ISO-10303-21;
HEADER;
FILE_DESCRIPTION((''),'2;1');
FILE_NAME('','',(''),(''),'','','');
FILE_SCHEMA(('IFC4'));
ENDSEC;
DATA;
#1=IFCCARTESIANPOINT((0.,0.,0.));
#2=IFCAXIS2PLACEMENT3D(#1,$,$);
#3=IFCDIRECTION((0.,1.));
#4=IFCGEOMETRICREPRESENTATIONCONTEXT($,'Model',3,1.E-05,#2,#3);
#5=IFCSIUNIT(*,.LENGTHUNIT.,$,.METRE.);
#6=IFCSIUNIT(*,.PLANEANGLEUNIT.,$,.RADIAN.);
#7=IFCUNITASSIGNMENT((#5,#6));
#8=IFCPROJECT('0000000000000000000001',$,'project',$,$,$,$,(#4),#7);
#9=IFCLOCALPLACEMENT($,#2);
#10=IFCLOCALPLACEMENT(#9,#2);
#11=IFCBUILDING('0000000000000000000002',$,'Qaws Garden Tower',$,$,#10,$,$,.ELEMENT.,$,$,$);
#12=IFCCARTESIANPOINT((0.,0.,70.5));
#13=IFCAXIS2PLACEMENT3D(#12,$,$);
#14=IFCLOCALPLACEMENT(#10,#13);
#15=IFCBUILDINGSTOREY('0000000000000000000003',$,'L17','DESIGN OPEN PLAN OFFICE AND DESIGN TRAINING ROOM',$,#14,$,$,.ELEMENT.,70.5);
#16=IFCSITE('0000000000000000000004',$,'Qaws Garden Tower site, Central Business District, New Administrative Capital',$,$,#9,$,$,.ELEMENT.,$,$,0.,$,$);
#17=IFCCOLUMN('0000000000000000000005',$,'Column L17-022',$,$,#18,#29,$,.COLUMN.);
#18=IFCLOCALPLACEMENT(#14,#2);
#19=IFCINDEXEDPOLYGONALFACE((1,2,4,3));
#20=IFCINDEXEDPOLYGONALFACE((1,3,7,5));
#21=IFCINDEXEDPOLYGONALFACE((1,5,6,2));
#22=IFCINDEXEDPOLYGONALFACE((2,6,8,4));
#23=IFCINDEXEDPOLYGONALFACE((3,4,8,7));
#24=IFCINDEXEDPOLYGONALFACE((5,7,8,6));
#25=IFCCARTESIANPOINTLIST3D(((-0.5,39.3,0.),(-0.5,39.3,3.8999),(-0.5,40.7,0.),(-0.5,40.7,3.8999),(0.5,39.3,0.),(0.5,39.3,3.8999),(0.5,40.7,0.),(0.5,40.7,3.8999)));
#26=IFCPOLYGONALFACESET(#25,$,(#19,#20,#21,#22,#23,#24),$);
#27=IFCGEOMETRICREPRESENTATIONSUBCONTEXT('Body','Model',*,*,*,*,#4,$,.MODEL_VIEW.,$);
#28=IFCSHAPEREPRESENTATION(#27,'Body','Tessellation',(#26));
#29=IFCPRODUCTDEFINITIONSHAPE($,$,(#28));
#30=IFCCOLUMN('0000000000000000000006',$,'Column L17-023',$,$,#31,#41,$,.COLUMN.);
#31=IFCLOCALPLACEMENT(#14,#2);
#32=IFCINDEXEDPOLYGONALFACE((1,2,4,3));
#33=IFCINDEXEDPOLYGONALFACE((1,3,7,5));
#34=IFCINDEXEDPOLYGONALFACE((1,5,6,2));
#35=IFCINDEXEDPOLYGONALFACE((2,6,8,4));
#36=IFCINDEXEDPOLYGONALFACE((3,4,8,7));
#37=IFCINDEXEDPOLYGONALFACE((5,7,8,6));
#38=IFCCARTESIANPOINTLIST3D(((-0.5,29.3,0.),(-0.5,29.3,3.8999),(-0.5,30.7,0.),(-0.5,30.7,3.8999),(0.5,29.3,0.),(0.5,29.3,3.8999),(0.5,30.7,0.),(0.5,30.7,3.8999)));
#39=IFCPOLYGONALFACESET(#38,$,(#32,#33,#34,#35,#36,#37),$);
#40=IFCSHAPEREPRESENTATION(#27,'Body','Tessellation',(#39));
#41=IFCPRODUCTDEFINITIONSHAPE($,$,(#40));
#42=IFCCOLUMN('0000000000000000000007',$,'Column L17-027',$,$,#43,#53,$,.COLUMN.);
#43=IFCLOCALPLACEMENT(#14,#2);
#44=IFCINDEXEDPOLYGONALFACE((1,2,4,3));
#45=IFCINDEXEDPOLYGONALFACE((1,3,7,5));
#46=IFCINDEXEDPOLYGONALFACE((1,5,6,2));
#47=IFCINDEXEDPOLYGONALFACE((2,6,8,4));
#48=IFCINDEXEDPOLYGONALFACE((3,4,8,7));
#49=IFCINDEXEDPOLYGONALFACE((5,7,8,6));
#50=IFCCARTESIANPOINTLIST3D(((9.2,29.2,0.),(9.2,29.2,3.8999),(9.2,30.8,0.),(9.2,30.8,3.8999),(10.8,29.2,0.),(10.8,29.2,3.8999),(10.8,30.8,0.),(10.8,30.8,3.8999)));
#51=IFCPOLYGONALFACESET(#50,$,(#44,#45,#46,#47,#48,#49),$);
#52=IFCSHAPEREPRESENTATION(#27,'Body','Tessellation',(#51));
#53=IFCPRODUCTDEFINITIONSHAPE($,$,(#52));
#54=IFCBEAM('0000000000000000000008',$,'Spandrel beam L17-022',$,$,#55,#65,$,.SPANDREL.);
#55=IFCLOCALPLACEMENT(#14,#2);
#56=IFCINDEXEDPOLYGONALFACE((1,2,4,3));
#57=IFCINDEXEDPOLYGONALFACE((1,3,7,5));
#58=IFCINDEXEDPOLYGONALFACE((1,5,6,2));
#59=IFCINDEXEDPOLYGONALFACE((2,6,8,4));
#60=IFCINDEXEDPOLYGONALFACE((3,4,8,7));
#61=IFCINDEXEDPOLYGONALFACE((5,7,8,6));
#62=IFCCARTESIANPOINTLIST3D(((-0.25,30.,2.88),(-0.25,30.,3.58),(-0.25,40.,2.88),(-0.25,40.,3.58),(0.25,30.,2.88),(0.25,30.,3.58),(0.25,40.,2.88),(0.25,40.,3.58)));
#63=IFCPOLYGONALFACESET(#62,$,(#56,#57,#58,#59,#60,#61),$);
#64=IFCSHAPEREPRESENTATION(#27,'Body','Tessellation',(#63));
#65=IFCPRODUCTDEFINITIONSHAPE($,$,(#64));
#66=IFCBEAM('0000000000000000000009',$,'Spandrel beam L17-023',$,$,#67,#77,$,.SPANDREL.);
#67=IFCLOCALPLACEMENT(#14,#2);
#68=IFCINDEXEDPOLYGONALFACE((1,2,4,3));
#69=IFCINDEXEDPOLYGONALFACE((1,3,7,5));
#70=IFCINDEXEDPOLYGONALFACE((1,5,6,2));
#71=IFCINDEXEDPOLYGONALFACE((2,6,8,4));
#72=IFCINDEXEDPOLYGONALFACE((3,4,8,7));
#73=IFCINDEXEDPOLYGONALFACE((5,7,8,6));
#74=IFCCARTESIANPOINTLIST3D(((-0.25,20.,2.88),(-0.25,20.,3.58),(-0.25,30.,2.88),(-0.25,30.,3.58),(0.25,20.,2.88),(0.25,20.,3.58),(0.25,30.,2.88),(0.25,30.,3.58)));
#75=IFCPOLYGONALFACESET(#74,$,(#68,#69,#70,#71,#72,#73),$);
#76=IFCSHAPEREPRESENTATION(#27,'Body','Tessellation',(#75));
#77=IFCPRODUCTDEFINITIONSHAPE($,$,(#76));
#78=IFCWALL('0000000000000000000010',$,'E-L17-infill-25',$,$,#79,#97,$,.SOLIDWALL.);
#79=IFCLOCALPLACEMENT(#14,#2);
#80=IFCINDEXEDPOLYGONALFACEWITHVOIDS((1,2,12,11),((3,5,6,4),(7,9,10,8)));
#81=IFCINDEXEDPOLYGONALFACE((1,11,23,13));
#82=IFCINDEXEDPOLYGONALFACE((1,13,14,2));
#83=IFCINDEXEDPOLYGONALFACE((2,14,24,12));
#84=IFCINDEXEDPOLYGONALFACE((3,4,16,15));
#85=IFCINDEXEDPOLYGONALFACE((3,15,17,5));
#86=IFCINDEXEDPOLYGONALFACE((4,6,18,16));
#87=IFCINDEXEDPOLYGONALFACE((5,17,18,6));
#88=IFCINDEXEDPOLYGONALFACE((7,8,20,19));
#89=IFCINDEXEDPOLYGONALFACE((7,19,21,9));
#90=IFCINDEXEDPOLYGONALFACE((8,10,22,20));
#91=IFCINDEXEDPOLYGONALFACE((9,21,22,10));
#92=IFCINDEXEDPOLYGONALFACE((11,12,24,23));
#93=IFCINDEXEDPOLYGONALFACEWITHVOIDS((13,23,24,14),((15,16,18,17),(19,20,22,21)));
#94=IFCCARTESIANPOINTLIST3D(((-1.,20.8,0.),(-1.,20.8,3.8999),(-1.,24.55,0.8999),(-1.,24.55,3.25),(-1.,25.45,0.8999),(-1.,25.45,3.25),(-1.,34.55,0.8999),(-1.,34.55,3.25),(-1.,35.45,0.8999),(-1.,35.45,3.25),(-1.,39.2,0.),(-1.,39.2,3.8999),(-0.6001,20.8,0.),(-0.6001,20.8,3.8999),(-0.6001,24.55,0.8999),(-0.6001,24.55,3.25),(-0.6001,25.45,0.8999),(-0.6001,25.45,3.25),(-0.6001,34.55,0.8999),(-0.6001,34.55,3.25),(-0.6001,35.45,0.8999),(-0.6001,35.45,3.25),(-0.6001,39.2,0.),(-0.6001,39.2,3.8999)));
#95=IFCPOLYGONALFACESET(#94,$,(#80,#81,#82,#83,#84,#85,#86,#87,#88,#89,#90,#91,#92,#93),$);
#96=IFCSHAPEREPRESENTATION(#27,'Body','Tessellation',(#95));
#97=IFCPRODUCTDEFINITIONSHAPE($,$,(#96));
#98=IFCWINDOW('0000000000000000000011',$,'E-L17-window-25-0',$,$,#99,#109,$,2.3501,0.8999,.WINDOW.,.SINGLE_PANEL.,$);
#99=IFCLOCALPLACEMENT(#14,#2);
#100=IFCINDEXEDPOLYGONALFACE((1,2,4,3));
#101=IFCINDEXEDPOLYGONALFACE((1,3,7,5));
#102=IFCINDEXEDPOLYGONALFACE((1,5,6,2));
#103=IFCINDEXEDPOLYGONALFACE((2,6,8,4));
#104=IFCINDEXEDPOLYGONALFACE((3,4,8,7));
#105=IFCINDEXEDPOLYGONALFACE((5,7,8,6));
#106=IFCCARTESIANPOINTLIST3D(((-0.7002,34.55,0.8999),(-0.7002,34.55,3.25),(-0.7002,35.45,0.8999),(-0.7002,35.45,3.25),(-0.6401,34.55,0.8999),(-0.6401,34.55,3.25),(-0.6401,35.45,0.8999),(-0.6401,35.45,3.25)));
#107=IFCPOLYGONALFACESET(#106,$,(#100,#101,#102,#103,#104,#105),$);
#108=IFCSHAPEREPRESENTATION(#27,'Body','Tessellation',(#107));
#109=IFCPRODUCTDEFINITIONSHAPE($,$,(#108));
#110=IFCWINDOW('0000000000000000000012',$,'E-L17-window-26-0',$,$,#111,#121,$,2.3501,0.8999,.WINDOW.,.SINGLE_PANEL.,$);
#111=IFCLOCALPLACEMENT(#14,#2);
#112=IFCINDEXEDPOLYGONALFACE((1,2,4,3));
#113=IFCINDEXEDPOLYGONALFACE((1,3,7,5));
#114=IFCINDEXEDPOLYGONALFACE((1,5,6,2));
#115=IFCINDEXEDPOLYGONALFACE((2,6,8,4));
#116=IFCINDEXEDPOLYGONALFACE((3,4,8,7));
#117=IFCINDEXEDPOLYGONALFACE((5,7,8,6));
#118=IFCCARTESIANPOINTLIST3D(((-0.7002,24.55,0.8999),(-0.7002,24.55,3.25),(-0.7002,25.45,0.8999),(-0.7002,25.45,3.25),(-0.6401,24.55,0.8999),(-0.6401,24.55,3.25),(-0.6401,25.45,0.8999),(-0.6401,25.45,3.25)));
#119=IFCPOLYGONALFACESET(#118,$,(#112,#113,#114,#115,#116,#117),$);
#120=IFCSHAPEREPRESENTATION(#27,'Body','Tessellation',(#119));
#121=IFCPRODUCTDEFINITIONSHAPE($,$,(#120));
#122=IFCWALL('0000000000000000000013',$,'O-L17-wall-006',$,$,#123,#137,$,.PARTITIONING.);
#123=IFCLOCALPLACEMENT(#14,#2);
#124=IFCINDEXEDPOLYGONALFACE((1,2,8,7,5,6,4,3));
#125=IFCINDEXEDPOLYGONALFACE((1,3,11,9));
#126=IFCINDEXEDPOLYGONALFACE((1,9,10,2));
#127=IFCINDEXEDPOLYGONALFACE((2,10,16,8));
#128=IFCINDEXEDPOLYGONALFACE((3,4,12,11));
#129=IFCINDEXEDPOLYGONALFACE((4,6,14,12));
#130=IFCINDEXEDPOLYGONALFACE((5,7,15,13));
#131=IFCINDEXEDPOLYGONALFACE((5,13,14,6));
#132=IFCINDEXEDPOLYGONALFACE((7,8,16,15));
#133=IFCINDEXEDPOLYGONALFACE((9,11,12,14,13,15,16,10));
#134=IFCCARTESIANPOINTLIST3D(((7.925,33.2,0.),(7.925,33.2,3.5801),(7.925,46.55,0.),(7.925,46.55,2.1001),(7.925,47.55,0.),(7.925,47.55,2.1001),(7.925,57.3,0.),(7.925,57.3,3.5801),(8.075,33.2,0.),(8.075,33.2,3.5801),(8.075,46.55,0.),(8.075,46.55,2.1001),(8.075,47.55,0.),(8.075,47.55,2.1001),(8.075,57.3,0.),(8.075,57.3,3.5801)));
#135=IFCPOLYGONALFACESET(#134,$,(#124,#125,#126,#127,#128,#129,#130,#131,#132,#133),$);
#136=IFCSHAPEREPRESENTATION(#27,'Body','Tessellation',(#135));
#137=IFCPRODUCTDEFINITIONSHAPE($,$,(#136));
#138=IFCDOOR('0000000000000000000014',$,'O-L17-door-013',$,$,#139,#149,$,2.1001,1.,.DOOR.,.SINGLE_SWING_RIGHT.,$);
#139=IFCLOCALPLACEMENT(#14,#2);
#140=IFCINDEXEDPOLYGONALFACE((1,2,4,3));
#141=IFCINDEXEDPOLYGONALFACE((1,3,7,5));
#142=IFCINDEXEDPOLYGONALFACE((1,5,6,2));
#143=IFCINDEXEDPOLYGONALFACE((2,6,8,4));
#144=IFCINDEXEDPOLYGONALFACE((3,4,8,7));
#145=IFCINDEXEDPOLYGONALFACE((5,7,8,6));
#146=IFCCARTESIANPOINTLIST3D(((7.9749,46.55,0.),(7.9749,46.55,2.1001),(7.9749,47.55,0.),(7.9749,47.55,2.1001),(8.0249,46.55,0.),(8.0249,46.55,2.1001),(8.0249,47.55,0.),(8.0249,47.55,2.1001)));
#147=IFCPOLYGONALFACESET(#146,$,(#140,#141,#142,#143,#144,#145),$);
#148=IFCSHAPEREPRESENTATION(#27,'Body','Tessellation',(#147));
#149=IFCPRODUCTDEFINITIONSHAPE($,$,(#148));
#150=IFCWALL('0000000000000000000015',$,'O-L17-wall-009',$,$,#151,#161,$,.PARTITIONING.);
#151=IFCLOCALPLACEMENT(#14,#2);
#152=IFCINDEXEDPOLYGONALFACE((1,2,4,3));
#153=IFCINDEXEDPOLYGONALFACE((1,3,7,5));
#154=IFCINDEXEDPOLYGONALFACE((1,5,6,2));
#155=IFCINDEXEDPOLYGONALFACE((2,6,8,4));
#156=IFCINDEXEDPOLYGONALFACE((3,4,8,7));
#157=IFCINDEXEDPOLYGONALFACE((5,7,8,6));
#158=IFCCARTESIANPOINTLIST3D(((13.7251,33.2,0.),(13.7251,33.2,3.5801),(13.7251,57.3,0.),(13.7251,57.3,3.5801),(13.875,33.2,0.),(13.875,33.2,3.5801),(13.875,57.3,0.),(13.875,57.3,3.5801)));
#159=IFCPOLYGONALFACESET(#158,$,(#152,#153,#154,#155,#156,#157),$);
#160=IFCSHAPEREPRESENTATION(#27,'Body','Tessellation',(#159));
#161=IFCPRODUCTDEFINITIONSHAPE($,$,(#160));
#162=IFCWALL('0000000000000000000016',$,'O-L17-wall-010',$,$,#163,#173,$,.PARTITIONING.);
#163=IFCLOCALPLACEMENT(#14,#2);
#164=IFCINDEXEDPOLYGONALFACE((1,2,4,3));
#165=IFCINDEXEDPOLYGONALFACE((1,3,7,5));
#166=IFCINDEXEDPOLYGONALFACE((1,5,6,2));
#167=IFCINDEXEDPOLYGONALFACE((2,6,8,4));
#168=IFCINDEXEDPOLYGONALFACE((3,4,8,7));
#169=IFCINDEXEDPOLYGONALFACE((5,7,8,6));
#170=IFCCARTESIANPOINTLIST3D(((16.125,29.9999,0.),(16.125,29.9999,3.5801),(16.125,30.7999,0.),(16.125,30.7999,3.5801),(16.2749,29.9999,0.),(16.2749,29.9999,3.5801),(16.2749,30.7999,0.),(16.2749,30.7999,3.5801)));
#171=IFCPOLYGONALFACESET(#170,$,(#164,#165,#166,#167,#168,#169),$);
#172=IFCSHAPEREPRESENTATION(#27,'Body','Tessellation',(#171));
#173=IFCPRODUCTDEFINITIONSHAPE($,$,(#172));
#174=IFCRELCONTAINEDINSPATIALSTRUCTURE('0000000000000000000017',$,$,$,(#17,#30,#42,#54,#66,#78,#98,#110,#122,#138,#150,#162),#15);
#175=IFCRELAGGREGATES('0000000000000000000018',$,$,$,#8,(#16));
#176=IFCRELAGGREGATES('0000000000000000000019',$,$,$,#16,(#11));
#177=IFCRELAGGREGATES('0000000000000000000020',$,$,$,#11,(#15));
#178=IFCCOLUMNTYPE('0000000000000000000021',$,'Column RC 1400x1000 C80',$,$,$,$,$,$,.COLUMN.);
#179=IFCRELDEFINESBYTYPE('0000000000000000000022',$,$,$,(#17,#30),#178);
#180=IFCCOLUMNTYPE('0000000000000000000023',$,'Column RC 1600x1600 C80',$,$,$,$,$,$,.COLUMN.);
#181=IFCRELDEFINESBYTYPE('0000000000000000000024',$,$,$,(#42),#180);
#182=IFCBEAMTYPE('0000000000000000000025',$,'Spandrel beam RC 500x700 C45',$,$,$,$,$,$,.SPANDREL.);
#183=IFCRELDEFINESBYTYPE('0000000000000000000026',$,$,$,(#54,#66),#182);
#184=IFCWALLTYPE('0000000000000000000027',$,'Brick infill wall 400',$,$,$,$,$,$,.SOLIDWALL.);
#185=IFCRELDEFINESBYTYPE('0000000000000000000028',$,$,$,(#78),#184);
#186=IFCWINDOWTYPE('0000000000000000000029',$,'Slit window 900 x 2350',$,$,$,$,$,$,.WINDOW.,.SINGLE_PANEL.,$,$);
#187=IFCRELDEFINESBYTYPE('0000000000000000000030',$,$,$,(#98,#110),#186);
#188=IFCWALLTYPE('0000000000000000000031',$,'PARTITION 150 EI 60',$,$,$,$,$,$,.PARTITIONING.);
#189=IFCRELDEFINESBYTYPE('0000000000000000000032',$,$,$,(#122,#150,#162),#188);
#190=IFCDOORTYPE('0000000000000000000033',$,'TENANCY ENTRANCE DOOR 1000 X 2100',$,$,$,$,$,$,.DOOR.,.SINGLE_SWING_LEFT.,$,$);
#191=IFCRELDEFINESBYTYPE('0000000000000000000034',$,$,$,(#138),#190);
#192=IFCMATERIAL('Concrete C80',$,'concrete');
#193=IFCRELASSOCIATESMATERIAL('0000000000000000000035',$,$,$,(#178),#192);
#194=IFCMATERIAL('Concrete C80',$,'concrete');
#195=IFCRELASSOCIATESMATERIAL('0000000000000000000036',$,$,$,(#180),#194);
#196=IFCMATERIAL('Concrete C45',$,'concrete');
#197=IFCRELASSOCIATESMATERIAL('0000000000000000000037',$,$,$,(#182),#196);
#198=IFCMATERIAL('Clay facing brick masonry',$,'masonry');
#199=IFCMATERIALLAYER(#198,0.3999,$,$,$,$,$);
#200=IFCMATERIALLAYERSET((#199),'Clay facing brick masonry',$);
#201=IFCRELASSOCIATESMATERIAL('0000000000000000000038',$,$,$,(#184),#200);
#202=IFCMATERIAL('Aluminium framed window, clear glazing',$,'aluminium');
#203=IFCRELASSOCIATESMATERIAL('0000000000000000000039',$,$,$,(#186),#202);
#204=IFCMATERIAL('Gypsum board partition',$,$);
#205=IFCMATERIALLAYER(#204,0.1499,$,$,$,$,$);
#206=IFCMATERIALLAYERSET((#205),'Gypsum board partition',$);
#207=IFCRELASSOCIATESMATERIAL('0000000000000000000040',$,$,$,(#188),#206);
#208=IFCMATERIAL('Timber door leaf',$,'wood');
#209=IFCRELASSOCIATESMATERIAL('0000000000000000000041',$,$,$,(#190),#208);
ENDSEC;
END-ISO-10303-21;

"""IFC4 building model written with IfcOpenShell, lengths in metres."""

from ifc_helpers import new_model, si_unit, direction, frame, frame_2d, origin, origin_2d, place, context, subcontext, project, spatial, rectangle, extrude, material, layer, layer_set, material_profile, profile_set, type_object, element, fill, save


model = new_model("IFC4")

# Units and contexts
model_context = context("Model", 3, precision=1e-05, world=origin(), true_north=direction((0.0, 1.0)))
body_context = subcontext(model_context, "Body", "Model", "MODEL_VIEW")
ifc_project = project(units=[si_unit("LENGTHUNIT", "METRE"), si_unit("PLANEANGLEUNIT", "RADIAN")], contexts=[model_context])

# Site, building, storey
site_placement = place(None, origin())
site = spatial("IfcSite", under=ifc_project, at=site_placement, Name="Qaws Garden Tower site, Central Business District, New Administrative Capital", CompositionType="ELEMENT", RefElevation=0.0)
building_placement = place(site_placement, origin())
building = spatial("IfcBuilding", under=site, at=building_placement, Name="Qaws Garden Tower", CompositionType="ELEMENT")
storey_placement = place(building_placement, frame((0.0, 0.0, 70.5)))
storey = spatial("IfcBuildingStorey", under=building, at=storey_placement, Name="L17", Description="DESIGN OPEN PLAN OFFICE AND DESIGN TRAINING ROOM", CompositionType="ELEMENT", Elevation=70.5)

# Columns
ifc_material_1 = material(Name="Concrete C80", Category="concrete")
ifc_material_profile_1 = material_profile(ifc_material_1, rectangle(XDim=1.3999, YDim=1.0, at=origin_2d()), Name="RC 1400x1000")
ifc_profile_set_1 = profile_set([ifc_material_profile_1], Name="Concrete C80")
column_type_1 = type_object("IfcColumnType", Name="Column RC 1400x1000 C80", PredefinedType="COLUMN", material=ifc_profile_set_1)
for number, where, z_axis, x_axis, name in (
    (1, (0.0, 40.0, 0.0), (0.0, 0.0, 1.0), (0.0, 1.0, 0.0), "Column L17-022"),
    (2, (0.0, 30.0, 0.0), (0.0, 0.0, 1.0), (0.0, 1.0, 0.0), "Column L17-023"),
):
    element("IfcColumn", number, at=place(storey_placement, frame(where, z_axis=z_axis, x_axis=x_axis)), inside=storey, type_object=column_type_1, Name=name, PredefinedType="COLUMN", context=body_context, shape_type="SweptSolid", body=[
        extrude(rectangle(XDim=1.3999, YDim=1.0, at=origin_2d()), origin(), (0.0, 0.0, 1.0), 3.8999),
    ])
ifc_material_2 = material(Name="Concrete C80", Category="concrete")
ifc_material_profile_2 = material_profile(ifc_material_2, rectangle(XDim=1.6001, YDim=1.6001, at=origin_2d()), Name="RC 1600x1600")
ifc_profile_set_2 = profile_set([ifc_material_profile_2], Name="Concrete C80")
column_type_2 = type_object("IfcColumnType", Name="Column RC 1600x1600 C80", PredefinedType="COLUMN", material=ifc_profile_set_2)
column_placement = place(storey_placement, frame((10.0, 30.0, 0.0), z_axis=(0.0, 0.0, 1.0), x_axis=(1.0, 0.0, 0.0)))
element("IfcColumn", 3, at=column_placement, inside=storey, type_object=column_type_2, Name="Column L17-027", PredefinedType="COLUMN", context=body_context, shape_type="SweptSolid", body=[
    extrude(rectangle(XDim=1.6001, YDim=1.6001, at=origin_2d()), origin(), (0.0, 0.0, 1.0), 3.8999),
])

# Beams
ifc_material_3 = material(Name="Concrete C45", Category="concrete")
ifc_material_profile_3 = material_profile(ifc_material_3, rectangle(XDim=0.5, YDim=0.7, at=origin_2d()), Name="RC 500x700")
ifc_profile_set_3 = profile_set([ifc_material_profile_3], Name="Concrete C45")
beam_type = type_object("IfcBeamType", Name="Spandrel beam RC 500x700 C45", PredefinedType="SPANDREL", material=ifc_profile_set_3)
for number, where, z_axis, x_axis, name in (
    (4, (0.0, 40.0, 3.23), (0.0, -1.0, 0.0), (1.0, 0.0, 0.0), "Spandrel beam L17-022"),
    (5, (0.0, 30.0, 3.23), (0.0, -1.0, 0.0), (1.0, 0.0, 0.0), "Spandrel beam L17-023"),
):
    element("IfcBeam", number, at=place(storey_placement, frame(where, z_axis=z_axis, x_axis=x_axis)), inside=storey, type_object=beam_type, Name=name, PredefinedType="SPANDREL", context=body_context, shape_type="SweptSolid", body=[
        extrude(rectangle(XDim=0.5, YDim=0.7, at=origin_2d()), origin(), (0.0, 0.0, 1.0), 10.0),
    ])

# Wall, openings, windows
ifc_material_4 = material(Name="Clay facing brick masonry", Category="masonry")
ifc_layer_1 = layer(ifc_material_4, 0.3999)
ifc_layer_set_1 = layer_set([ifc_layer_1], Name="Clay facing brick masonry")
wall_type_1 = type_object("IfcWallType", Name="Brick infill wall 400", PredefinedType="SOLIDWALL", material=ifc_layer_set_1)
wall_1_placement = place(storey_placement, frame((-0.8, 39.2, 0.0), z_axis=(0.0, 0.0, 1.0), x_axis=(0.0, -1.0, 0.0)))
wall_1 = element("IfcWall", 6, at=wall_1_placement, inside=storey, type_object=wall_type_1, Name="E-L17-infill-25", PredefinedType="SOLIDWALL", context=body_context, shape_type="SweptSolid", body=[
    extrude(rectangle(XDim=18.3999, YDim=0.3999, at=frame_2d((9.2, 0.0))), origin(), (0.0, 0.0, 1.0), 3.8999),
])
opening_1_placement = place(wall_1_placement, frame((3.75, 0.0, 0.8999)))
opening_1 = element("IfcOpeningElement", 7, at=opening_1_placement, cuts=wall_1, PredefinedType="OPENING", context=body_context, shape_type="SweptSolid", body=[
    extrude(rectangle(XDim=0.8999, YDim=2.3501, at=frame_2d((0.45, 1.175))), frame((0.0, 0.21, 0.0), z_axis=(0.0, -1.0, 0.0), x_axis=(1.0, 0.0, 0.0)), (0.0, 0.0, 1.0), 0.4199),
])
opening_2_placement = place(wall_1_placement, frame((13.75, 0.0, 0.8999)))
opening_2 = element("IfcOpeningElement", 8, at=opening_2_placement, cuts=wall_1, PredefinedType="OPENING", context=body_context, shape_type="SweptSolid", body=[
    extrude(rectangle(XDim=0.8999, YDim=2.3501, at=frame_2d((0.45, 1.175))), frame((0.0, 0.21, 0.0), z_axis=(0.0, -1.0, 0.0), x_axis=(1.0, 0.0, 0.0)), (0.0, 0.0, 1.0), 0.4199),
])
ifc_material_5 = material(Name="Aluminium framed window, clear glazing", Category="aluminium")
window_type = type_object("IfcWindowType", Name="Slit window 900 x 2350", PartitioningType="SINGLE_PANEL", PredefinedType="WINDOW", material=ifc_material_5)
window_1_placement = place(opening_1_placement, origin())
window_1 = element("IfcWindow", 9, at=window_1_placement, inside=storey, type_object=window_type, Name="E-L17-window-25-0", OverallHeight=2.3501, OverallWidth=0.8999, PartitioningType="SINGLE_PANEL", PredefinedType="WINDOW", context=body_context, shape_type="SweptSolid", body=[
    extrude(rectangle(XDim=0.8999, YDim=2.3501, at=frame_2d((0.45, 1.175))), frame((0.0, 0.1599, 0.0), z_axis=(0.0, -1.0, 0.0), x_axis=(1.0, 0.0, 0.0)), (0.0, 0.0, 1.0), 0.0601),
])
fill(opening_1, window_1)
window_2_placement = place(opening_2_placement, origin())
window_2 = element("IfcWindow", 10, at=window_2_placement, inside=storey, type_object=window_type, Name="E-L17-window-26-0", OverallHeight=2.3501, OverallWidth=0.8999, PartitioningType="SINGLE_PANEL", PredefinedType="WINDOW", context=body_context, shape_type="SweptSolid", body=[
    extrude(rectangle(XDim=0.8999, YDim=2.3501, at=frame_2d((0.45, 1.175))), frame((0.0, 0.1599, 0.0), z_axis=(0.0, -1.0, 0.0), x_axis=(1.0, 0.0, 0.0)), (0.0, 0.0, 1.0), 0.0601),
])
fill(opening_2, window_2)

# Wall, opening, door
ifc_material_6 = material(Name="Gypsum board partition")
ifc_layer_2 = layer(ifc_material_6, 0.1499)
ifc_layer_set_2 = layer_set([ifc_layer_2], Name="Gypsum board partition")
wall_type_2 = type_object("IfcWallType", Name="PARTITION 150 EI 60", PredefinedType="PARTITIONING", material=ifc_layer_set_2)
wall_2_placement = place(storey_placement, frame((8.0, 33.2, 0.0), z_axis=(0.0, 0.0, 1.0), x_axis=(0.0, 1.0, 0.0)))
wall_2 = element("IfcWall", 11, at=wall_2_placement, inside=storey, type_object=wall_type_2, Name="O-L17-wall-006", PredefinedType="PARTITIONING", context=body_context, shape_type="SweptSolid", body=[
    extrude(rectangle(XDim=24.1001, YDim=0.1499, at=frame_2d((12.05, 0.0))), origin(), (0.0, 0.0, 1.0), 3.5801),
])
opening_3_placement = place(wall_2_placement, frame((13.3501, 0.0, 0.0)))
opening_3 = element("IfcOpeningElement", 12, at=opening_3_placement, cuts=wall_2, PredefinedType="OPENING", context=body_context, shape_type="SweptSolid", body=[
    extrude(rectangle(XDim=1.0, YDim=2.1001, at=frame_2d((0.5, 1.05))), frame((0.0, 0.085, 0.0), z_axis=(0.0, -1.0, 0.0), x_axis=(1.0, 0.0, 0.0)), (0.0, 0.0, 1.0), 0.1699),
])
ifc_material_7 = material(Name="Timber door leaf", Category="wood")
door_type_1 = type_object("IfcDoorType", Name="TENANCY ENTRANCE DOOR 1000 X 2100", OperationType="SINGLE_SWING_LEFT", PredefinedType="DOOR", material=ifc_material_7)
door_1_placement = place(opening_3_placement, frame((1.0, 0.0, 0.0), z_axis=(0.0, 0.0, 1.0), x_axis=(-1.0, 0.0, 0.0)))
door_1 = element("IfcDoor", 13, at=door_1_placement, inside=storey, type_object=door_type_1, Name="O-L17-door-013", OperationType="SINGLE_SWING_RIGHT", OverallHeight=2.1001, OverallWidth=1.0, PredefinedType="DOOR", context=body_context, shape_type="SweptSolid", body=[
    extrude(rectangle(XDim=1.0, YDim=2.1001, at=frame_2d((0.5, 1.05))), frame((0.0, 0.0249, 0.0), z_axis=(0.0, -1.0, 0.0), x_axis=(1.0, 0.0, 0.0)), (0.0, 0.0, 1.0), 0.05),
])
fill(opening_3, door_1)

# Walls
wall_3_placement = place(storey_placement, frame((13.8, 33.2, 0.0), z_axis=(0.0, 0.0, 1.0), x_axis=(0.0, 1.0, 0.0)))
element("IfcWall", 14, at=wall_3_placement, inside=storey, type_object=wall_type_2, Name="O-L17-wall-009", PredefinedType="PARTITIONING", context=body_context, shape_type="SweptSolid", body=[
    extrude(rectangle(XDim=24.1001, YDim=0.1499, at=frame_2d((12.05, 0.0))), origin(), (0.0, 0.0, 1.0), 3.5801),
])
wall_4_placement = place(storey_placement, frame((16.2, 30.0, 0.0), z_axis=(0.0, 0.0, 1.0), x_axis=(0.0, 1.0, 0.0)))
element("IfcWall", 15, at=wall_4_placement, inside=storey, type_object=wall_type_2, Name="O-L17-wall-010", PredefinedType="PARTITIONING", context=body_context, shape_type="SweptSolid", body=[
    extrude(rectangle(XDim=0.8, YDim=0.1499, at=frame_2d((0.3999, 0.0))), origin(), (0.0, 0.0, 1.0), 3.5801),
])

save(model, "model.ifc")
